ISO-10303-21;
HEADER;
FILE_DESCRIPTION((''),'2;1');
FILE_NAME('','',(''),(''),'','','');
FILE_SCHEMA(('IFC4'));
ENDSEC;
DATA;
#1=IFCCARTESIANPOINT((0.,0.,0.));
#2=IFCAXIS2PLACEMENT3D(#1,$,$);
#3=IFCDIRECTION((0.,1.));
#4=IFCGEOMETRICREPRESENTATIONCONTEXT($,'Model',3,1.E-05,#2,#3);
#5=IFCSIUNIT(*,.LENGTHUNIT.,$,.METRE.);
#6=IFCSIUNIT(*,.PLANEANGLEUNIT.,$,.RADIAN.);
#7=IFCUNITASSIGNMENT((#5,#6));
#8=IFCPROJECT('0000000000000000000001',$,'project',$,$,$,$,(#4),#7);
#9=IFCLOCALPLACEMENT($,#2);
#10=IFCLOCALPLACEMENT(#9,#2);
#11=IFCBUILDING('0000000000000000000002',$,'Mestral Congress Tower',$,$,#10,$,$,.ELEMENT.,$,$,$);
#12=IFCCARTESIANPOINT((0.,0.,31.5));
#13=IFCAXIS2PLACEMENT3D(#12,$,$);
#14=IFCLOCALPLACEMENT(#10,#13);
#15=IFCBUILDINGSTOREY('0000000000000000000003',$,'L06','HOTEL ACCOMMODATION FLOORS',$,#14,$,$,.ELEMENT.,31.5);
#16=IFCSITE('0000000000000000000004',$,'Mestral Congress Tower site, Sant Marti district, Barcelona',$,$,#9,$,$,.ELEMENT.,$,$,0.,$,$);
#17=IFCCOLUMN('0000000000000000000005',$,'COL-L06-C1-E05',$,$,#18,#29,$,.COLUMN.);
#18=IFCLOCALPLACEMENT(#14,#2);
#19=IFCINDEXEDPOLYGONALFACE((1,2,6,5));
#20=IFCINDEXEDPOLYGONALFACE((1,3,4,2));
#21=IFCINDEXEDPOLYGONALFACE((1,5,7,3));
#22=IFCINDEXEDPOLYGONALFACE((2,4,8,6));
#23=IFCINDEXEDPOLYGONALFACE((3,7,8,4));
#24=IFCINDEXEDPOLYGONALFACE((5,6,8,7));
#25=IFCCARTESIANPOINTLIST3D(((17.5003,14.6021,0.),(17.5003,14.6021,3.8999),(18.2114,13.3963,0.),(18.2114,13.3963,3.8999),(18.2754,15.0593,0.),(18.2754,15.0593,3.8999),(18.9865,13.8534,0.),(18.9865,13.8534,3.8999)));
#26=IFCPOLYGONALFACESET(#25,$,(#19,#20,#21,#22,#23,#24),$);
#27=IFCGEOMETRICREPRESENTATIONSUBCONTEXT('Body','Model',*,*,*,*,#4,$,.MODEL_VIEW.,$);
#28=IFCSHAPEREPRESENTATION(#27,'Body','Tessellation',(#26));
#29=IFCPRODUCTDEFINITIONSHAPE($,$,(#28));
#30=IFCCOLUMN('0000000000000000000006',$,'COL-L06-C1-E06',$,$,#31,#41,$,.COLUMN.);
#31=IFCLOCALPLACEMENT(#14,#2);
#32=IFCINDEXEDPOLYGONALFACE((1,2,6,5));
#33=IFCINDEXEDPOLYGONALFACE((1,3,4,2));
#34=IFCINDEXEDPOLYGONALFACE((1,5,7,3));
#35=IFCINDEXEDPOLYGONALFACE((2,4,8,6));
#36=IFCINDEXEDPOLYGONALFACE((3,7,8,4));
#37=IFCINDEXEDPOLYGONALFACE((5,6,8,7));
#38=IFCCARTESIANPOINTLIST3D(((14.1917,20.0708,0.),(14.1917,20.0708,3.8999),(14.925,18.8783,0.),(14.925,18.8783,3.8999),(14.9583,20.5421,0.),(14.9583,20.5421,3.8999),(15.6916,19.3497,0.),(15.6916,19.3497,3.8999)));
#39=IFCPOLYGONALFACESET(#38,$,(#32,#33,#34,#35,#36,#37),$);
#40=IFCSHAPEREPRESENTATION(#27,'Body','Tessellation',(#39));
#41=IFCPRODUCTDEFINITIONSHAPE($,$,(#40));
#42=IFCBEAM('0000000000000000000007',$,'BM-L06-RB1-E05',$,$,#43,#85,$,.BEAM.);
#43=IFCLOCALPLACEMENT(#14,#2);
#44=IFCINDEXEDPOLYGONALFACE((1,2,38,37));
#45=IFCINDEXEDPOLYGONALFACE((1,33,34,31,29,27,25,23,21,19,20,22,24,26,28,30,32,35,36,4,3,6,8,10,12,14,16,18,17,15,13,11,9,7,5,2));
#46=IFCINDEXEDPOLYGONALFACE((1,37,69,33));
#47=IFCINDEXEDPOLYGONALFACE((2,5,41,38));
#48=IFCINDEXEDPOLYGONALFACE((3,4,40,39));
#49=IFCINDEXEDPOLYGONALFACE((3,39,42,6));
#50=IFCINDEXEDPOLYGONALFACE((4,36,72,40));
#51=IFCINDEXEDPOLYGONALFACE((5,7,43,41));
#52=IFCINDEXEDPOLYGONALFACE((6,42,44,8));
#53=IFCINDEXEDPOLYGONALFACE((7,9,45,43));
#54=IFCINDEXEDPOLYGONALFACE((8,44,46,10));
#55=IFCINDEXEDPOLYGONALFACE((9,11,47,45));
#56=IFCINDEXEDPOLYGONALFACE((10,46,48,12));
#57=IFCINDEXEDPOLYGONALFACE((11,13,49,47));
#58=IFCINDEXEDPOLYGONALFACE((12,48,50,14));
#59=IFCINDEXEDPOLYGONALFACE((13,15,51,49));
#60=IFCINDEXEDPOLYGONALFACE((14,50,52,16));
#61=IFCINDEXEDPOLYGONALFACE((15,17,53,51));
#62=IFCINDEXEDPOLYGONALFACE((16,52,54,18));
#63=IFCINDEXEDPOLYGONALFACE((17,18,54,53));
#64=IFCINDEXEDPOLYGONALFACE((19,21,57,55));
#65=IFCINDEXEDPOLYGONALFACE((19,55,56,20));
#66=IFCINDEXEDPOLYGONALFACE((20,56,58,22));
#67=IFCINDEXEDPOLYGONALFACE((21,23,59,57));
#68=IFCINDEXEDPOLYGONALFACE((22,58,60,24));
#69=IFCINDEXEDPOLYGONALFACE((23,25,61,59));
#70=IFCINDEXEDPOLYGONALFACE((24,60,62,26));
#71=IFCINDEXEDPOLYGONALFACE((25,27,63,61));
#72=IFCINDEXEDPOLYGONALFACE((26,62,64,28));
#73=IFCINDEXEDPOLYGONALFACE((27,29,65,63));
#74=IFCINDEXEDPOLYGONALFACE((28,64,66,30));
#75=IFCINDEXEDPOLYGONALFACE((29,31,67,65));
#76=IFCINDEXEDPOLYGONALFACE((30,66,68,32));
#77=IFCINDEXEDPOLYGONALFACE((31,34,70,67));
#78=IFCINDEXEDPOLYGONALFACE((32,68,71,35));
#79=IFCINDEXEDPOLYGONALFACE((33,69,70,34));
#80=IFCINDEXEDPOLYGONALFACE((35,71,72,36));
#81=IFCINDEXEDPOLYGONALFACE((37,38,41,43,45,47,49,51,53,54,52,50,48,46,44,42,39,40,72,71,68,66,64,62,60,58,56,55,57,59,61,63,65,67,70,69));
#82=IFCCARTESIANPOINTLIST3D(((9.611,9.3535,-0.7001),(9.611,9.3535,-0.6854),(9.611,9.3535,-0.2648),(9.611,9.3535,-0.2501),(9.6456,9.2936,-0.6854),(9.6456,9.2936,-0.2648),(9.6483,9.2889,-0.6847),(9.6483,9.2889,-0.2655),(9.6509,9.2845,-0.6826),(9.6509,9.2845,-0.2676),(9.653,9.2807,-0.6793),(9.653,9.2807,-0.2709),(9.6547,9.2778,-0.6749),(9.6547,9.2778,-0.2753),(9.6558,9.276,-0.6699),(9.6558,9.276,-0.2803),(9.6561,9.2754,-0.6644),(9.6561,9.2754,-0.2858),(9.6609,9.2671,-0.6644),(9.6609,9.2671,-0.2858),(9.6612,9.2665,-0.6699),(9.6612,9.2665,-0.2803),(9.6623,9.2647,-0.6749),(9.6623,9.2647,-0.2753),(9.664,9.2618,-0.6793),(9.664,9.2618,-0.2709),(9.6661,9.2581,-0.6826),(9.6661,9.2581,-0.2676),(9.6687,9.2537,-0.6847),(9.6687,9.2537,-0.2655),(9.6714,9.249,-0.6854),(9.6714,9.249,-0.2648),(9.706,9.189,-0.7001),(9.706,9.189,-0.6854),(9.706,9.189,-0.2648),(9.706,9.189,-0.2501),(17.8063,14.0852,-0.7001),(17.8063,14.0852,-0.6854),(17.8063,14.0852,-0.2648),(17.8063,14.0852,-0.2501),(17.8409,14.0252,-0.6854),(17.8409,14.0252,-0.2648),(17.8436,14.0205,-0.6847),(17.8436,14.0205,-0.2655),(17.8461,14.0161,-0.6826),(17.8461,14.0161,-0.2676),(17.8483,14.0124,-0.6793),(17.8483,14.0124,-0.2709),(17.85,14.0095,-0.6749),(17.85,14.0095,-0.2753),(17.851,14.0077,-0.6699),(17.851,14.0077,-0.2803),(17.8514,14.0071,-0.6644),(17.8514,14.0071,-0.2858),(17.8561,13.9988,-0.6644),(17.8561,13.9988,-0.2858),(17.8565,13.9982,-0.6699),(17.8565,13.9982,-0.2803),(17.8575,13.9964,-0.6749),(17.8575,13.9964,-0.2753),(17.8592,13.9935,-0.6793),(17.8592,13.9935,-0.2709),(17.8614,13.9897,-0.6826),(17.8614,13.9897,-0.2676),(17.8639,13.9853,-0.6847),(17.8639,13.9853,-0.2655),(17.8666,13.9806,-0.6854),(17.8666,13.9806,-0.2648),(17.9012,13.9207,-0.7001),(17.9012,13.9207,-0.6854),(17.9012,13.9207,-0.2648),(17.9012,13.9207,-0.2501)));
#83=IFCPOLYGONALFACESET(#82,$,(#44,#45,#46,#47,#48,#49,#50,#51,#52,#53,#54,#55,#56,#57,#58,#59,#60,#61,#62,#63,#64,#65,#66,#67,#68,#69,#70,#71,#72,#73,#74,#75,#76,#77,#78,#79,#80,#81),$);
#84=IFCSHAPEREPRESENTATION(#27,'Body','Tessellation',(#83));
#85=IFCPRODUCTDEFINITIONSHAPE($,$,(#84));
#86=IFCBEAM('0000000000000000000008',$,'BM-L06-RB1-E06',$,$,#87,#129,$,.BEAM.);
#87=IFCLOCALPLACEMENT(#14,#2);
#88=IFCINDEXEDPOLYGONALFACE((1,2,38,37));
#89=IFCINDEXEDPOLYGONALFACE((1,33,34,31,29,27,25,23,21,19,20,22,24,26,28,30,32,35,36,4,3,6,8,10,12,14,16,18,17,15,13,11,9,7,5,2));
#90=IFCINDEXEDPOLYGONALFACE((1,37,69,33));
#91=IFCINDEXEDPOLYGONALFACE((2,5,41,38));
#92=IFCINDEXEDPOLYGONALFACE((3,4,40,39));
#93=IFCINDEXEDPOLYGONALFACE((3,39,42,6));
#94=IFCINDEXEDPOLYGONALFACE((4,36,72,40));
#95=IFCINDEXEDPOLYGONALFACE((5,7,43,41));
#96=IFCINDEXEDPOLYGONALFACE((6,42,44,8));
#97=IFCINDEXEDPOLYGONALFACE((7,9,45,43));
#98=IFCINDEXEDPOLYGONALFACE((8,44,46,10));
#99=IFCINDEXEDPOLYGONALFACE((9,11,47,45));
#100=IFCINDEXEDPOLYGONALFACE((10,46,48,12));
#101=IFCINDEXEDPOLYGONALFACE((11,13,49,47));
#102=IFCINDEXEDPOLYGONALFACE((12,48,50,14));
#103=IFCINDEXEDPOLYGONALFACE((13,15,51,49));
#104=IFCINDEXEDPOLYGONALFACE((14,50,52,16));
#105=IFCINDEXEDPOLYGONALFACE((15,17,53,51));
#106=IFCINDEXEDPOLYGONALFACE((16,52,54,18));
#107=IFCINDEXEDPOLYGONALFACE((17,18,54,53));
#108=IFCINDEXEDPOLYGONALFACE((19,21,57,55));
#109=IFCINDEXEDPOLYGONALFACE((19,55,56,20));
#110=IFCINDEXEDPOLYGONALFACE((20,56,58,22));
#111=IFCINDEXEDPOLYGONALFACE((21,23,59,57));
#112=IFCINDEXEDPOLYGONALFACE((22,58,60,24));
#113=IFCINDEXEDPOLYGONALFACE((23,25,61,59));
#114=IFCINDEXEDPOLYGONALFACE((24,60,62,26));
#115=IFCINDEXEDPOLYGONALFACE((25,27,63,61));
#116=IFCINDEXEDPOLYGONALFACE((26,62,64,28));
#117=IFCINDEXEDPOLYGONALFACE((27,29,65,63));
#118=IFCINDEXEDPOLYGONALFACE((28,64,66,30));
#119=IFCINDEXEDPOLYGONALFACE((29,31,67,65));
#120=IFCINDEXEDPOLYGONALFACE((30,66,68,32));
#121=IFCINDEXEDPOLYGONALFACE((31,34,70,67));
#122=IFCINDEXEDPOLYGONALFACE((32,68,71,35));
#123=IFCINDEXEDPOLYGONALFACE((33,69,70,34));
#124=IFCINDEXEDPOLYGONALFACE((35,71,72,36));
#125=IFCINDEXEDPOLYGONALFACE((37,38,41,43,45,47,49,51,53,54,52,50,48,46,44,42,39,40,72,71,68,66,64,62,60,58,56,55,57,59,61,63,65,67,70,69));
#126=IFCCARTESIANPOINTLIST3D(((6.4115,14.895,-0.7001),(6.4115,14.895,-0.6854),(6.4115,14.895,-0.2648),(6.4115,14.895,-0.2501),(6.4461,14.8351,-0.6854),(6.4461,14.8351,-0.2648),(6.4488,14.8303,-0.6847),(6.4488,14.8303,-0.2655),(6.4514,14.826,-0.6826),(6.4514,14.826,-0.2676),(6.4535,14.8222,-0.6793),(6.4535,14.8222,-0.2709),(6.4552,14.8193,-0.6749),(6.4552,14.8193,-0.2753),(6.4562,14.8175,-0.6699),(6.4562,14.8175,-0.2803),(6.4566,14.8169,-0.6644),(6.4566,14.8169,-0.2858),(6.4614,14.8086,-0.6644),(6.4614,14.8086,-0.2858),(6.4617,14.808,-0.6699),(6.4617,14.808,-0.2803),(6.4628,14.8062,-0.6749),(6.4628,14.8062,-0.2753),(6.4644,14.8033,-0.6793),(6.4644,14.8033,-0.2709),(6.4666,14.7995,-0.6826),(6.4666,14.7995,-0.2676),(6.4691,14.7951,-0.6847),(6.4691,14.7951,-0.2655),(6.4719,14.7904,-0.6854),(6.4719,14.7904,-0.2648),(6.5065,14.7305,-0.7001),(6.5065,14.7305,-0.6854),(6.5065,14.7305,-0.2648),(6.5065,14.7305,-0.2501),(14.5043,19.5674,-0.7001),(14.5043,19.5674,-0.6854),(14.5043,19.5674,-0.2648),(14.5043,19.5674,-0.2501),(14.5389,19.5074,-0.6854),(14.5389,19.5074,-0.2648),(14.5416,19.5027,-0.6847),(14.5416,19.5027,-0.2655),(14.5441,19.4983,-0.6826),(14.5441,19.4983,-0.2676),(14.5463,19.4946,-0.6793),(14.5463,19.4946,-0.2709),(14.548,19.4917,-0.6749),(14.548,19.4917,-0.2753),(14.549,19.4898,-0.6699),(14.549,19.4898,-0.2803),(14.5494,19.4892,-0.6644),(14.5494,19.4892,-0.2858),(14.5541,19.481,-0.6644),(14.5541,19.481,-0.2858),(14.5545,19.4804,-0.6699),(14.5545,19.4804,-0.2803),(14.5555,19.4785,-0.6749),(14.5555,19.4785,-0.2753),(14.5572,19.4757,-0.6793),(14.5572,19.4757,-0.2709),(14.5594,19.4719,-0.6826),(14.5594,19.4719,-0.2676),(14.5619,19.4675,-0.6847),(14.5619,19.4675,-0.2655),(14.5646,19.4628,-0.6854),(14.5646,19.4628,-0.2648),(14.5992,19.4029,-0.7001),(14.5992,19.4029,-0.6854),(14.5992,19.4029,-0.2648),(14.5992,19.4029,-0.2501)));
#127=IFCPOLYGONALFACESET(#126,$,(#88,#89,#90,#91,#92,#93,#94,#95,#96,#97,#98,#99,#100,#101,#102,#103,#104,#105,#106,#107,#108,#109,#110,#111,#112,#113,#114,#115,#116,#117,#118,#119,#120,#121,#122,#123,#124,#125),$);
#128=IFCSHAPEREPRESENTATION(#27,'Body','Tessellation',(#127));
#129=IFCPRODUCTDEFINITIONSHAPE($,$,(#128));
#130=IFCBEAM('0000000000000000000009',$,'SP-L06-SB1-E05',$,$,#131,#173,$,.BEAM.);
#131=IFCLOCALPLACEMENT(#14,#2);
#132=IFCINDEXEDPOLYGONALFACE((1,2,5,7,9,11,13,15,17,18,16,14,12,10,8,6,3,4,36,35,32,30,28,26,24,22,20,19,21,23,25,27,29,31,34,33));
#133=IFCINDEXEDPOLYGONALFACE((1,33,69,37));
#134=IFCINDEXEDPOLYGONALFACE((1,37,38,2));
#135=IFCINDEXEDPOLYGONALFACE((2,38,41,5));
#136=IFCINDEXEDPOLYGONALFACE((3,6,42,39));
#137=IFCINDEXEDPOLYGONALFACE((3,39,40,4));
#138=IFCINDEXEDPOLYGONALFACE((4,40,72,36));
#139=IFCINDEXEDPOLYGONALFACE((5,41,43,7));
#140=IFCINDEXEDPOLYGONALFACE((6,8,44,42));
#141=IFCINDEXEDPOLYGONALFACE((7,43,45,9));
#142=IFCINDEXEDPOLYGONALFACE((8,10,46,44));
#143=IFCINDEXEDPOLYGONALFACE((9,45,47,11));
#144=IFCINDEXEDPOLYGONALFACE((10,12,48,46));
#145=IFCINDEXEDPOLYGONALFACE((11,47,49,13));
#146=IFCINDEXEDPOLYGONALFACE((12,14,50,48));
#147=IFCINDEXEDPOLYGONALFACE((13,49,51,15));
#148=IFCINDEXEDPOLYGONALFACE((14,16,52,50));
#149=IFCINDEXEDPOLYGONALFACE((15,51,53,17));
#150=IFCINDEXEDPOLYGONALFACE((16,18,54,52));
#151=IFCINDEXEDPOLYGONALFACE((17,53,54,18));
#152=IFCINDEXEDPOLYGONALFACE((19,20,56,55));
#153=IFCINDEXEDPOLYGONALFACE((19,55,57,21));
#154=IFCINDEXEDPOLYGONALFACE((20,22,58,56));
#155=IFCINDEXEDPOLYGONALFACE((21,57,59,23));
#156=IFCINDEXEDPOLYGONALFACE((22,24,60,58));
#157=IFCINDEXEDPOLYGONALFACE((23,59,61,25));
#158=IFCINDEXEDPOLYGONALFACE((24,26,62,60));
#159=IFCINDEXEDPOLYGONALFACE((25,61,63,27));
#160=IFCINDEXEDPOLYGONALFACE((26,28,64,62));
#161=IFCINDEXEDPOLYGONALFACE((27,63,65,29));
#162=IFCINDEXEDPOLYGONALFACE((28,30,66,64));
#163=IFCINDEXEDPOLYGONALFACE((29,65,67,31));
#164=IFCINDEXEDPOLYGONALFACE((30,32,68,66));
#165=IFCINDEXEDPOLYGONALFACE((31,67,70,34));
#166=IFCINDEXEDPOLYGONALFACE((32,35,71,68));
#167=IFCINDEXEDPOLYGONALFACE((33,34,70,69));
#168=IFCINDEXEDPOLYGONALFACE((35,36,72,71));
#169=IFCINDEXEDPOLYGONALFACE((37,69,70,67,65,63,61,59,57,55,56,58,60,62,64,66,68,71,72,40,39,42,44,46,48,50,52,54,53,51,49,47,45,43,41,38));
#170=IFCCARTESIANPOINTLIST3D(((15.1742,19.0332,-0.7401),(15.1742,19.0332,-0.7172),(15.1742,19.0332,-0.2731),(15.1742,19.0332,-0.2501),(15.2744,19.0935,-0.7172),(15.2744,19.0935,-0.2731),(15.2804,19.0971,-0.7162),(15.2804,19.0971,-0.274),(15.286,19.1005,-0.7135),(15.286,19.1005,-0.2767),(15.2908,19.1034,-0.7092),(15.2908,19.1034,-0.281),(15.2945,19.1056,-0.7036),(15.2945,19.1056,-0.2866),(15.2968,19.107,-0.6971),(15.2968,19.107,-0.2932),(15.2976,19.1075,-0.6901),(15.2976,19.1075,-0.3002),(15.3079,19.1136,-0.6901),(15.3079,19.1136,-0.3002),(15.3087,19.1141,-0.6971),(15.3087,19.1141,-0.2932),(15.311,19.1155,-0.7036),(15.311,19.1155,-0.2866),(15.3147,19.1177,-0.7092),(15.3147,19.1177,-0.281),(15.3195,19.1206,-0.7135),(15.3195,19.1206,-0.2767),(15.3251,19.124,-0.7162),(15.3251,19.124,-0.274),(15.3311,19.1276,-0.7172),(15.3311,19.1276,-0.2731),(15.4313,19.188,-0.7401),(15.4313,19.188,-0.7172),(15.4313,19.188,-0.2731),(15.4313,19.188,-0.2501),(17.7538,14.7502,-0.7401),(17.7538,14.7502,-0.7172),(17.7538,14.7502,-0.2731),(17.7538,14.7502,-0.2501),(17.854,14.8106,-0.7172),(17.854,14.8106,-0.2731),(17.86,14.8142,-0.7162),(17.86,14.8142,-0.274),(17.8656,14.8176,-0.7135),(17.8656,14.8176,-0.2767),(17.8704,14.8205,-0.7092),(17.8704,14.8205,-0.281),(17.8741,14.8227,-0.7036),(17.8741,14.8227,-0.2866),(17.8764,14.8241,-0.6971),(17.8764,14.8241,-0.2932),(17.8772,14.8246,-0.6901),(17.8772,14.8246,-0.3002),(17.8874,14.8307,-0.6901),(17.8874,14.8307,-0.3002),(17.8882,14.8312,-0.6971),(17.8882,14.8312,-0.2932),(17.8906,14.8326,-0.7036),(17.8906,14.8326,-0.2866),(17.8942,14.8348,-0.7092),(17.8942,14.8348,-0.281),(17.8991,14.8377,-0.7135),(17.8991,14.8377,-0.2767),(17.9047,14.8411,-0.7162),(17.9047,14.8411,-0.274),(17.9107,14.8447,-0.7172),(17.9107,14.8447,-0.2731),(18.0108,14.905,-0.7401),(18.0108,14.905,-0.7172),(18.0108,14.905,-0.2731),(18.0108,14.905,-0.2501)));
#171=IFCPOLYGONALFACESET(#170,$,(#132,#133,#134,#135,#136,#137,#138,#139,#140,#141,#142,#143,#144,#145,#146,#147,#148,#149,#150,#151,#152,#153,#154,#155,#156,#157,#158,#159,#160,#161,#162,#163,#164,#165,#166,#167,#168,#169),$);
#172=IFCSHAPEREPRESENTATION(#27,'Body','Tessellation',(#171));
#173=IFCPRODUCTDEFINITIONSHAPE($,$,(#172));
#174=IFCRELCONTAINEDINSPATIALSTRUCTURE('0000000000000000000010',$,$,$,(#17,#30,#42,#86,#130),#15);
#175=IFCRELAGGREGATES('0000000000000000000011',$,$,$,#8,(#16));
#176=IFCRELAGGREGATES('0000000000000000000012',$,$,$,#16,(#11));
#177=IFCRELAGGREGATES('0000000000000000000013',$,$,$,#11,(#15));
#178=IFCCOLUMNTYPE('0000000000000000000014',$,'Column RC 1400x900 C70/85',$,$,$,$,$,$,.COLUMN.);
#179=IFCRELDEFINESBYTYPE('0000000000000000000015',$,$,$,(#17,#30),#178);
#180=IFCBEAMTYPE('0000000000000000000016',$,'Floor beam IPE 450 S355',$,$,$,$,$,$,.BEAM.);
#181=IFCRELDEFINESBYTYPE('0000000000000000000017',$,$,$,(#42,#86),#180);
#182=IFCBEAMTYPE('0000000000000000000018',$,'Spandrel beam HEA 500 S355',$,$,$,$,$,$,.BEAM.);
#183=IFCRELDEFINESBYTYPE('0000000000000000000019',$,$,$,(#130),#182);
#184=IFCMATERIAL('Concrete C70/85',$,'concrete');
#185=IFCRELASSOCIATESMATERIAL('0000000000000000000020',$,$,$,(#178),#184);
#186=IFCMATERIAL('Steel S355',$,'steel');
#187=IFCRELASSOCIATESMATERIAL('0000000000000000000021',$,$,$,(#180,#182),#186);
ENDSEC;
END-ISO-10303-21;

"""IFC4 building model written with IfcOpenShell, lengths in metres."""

from ifc_helpers import new_model, si_unit, direction, frame, origin, origin_2d, place, context, subcontext, project, spatial, rectangle, i_section, extrude, material, material_profile, profile_set, type_object, element, save


model = new_model("IFC4")

# Units and contexts
model_context = context("Model", 3, precision=1e-05, world=origin(), true_north=direction((0.0, 1.0)))
body_context = subcontext(model_context, "Body", "Model", "MODEL_VIEW")
ifc_project = project(units=[si_unit("LENGTHUNIT", "METRE"), si_unit("PLANEANGLEUNIT", "RADIAN")], contexts=[model_context])

# Site, building, storey
site_placement = place(None, origin())
site = spatial("IfcSite", under=ifc_project, at=site_placement, Name="Mestral Congress Tower site, Sant Marti district, Barcelona", CompositionType="ELEMENT", RefElevation=0.0)
building_placement = place(site_placement, origin())
building = spatial("IfcBuilding", under=site, at=building_placement, Name="Mestral Congress Tower", CompositionType="ELEMENT")
storey_placement = place(building_placement, frame((0.0, 0.0, 31.5)))
storey = spatial("IfcBuildingStorey", under=building, at=storey_placement, Name="L06", Description="HOTEL ACCOMMODATION FLOORS", CompositionType="ELEMENT", Elevation=31.5)

# Columns
ifc_material_1 = material(Name="Concrete C70/85", Category="concrete")
ifc_material_profile_1 = material_profile(ifc_material_1, rectangle(XDim=1.3999, YDim=0.8999, at=origin_2d()), Name="RC 1400x900")
ifc_profile_set_1 = profile_set([ifc_material_profile_1], Name="Concrete C70/85")
column_type = type_object("IfcColumnType", Name="Column RC 1400x900 C70/85", PredefinedType="COLUMN", material=ifc_profile_set_1)
for number, where, z_axis, x_axis, name in (
    (1, (18.2434, 14.2278, 0.0), (0.0, 0.0, 1.0), (-0.507983, 0.861367, 0.0), "COL-L06-C1-E05"),
    (2, (14.9417, 19.7102, 0.0), (0.0, 0.0, 1.0), (-0.523819, 0.851829, 0.0), "COL-L06-C1-E06"),
):
    element("IfcColumn", number, at=place(storey_placement, frame(where, z_axis=z_axis, x_axis=x_axis)), inside=storey, type_object=column_type, Name=name, PredefinedType="COLUMN", context=body_context, shape_type="SweptSolid", body=[
        extrude(rectangle(XDim=1.3999, YDim=0.8999, at=origin_2d()), origin(), (0.0, 0.0, 1.0), 3.8999),
    ])

# Beams
ifc_material_2 = material(Name="Steel S355", Category="steel")
ifc_material_profile_2 = material_profile(ifc_material_2, i_section(OverallWidth=0.1899, OverallDepth=0.45, WebThickness=0.0095, FlangeThickness=0.0146, FilletRadius=0.021, at=origin_2d()), Name="IPE 450")
ifc_profile_set_2 = profile_set([ifc_material_profile_2], Name="Steel S355")
beam_type_1 = type_object("IfcBeamType", Name="Floor beam IPE 450 S355", PredefinedType="BEAM", material=ifc_profile_set_2)
beam_1_placement = place(storey_placement, frame((17.8538, 14.0029, -0.4751), z_axis=(-0.86602, -0.50001, 0.0), x_axis=(0.50001, -0.86602, 0.0)))
element("IfcBeam", 3, at=beam_1_placement, inside=storey, type_object=beam_type_1, Name="BM-L06-RB1-E05", PredefinedType="BEAM", context=body_context, shape_type="SweptSolid", body=[
    extrude(i_section(OverallWidth=0.1899, OverallDepth=0.45, WebThickness=0.0095, FlangeThickness=0.0146, FilletRadius=0.021, at=origin_2d()), origin(), (0.0, 0.0, 1.0), 9.4631),
])
beam_2_placement = place(storey_placement, frame((14.5518, 19.4851, -0.4751), z_axis=(-0.866025, -0.5, 0.0), x_axis=(0.5, -0.866025, 0.0)))
element("IfcBeam", 4, at=beam_2_placement, inside=storey, type_object=beam_type_1, Name="BM-L06-RB1-E06", PredefinedType="BEAM", context=body_context, shape_type="SweptSolid", body=[
    extrude(i_section(OverallWidth=0.1899, OverallDepth=0.45, WebThickness=0.0095, FlangeThickness=0.0146, FilletRadius=0.021, at=origin_2d()), origin(), (0.0, 0.0, 1.0), 9.3447),
])
ifc_material_profile_3 = material_profile(ifc_material_2, i_section(OverallWidth=0.3, OverallDepth=0.49, WebThickness=0.012, FlangeThickness=0.0229, FilletRadius=0.0271, at=origin_2d()), Name="HEA 500")
ifc_profile_set_3 = profile_set([ifc_material_profile_3], Name="Steel S355")
beam_type_2 = type_object("IfcBeamType", Name="Spandrel beam HEA 500 S355", PredefinedType="BEAM", material=ifc_profile_set_3)
for number, where, z_axis, x_axis, name in (
    (5, (17.8823, 14.8276, -0.4951), (-0.515938, 0.856626, 0.0), (-0.856626, -0.515938, 0.0), "SP-L06-SB1-E05"),
):
    element("IfcBeam", number, at=place(storey_placement, frame(where, z_axis=z_axis, x_axis=x_axis)), inside=storey, type_object=beam_type_2, Name=name, PredefinedType="BEAM", context=body_context, shape_type="SweptSolid", body=[
        extrude(i_section(OverallWidth=0.3, OverallDepth=0.49, WebThickness=0.012, FlangeThickness=0.0229, FilletRadius=0.0271, at=origin_2d()), origin(), (0.0, 0.0, 1.0), 4.9998),
    ])

save(model, "model.ifc")
